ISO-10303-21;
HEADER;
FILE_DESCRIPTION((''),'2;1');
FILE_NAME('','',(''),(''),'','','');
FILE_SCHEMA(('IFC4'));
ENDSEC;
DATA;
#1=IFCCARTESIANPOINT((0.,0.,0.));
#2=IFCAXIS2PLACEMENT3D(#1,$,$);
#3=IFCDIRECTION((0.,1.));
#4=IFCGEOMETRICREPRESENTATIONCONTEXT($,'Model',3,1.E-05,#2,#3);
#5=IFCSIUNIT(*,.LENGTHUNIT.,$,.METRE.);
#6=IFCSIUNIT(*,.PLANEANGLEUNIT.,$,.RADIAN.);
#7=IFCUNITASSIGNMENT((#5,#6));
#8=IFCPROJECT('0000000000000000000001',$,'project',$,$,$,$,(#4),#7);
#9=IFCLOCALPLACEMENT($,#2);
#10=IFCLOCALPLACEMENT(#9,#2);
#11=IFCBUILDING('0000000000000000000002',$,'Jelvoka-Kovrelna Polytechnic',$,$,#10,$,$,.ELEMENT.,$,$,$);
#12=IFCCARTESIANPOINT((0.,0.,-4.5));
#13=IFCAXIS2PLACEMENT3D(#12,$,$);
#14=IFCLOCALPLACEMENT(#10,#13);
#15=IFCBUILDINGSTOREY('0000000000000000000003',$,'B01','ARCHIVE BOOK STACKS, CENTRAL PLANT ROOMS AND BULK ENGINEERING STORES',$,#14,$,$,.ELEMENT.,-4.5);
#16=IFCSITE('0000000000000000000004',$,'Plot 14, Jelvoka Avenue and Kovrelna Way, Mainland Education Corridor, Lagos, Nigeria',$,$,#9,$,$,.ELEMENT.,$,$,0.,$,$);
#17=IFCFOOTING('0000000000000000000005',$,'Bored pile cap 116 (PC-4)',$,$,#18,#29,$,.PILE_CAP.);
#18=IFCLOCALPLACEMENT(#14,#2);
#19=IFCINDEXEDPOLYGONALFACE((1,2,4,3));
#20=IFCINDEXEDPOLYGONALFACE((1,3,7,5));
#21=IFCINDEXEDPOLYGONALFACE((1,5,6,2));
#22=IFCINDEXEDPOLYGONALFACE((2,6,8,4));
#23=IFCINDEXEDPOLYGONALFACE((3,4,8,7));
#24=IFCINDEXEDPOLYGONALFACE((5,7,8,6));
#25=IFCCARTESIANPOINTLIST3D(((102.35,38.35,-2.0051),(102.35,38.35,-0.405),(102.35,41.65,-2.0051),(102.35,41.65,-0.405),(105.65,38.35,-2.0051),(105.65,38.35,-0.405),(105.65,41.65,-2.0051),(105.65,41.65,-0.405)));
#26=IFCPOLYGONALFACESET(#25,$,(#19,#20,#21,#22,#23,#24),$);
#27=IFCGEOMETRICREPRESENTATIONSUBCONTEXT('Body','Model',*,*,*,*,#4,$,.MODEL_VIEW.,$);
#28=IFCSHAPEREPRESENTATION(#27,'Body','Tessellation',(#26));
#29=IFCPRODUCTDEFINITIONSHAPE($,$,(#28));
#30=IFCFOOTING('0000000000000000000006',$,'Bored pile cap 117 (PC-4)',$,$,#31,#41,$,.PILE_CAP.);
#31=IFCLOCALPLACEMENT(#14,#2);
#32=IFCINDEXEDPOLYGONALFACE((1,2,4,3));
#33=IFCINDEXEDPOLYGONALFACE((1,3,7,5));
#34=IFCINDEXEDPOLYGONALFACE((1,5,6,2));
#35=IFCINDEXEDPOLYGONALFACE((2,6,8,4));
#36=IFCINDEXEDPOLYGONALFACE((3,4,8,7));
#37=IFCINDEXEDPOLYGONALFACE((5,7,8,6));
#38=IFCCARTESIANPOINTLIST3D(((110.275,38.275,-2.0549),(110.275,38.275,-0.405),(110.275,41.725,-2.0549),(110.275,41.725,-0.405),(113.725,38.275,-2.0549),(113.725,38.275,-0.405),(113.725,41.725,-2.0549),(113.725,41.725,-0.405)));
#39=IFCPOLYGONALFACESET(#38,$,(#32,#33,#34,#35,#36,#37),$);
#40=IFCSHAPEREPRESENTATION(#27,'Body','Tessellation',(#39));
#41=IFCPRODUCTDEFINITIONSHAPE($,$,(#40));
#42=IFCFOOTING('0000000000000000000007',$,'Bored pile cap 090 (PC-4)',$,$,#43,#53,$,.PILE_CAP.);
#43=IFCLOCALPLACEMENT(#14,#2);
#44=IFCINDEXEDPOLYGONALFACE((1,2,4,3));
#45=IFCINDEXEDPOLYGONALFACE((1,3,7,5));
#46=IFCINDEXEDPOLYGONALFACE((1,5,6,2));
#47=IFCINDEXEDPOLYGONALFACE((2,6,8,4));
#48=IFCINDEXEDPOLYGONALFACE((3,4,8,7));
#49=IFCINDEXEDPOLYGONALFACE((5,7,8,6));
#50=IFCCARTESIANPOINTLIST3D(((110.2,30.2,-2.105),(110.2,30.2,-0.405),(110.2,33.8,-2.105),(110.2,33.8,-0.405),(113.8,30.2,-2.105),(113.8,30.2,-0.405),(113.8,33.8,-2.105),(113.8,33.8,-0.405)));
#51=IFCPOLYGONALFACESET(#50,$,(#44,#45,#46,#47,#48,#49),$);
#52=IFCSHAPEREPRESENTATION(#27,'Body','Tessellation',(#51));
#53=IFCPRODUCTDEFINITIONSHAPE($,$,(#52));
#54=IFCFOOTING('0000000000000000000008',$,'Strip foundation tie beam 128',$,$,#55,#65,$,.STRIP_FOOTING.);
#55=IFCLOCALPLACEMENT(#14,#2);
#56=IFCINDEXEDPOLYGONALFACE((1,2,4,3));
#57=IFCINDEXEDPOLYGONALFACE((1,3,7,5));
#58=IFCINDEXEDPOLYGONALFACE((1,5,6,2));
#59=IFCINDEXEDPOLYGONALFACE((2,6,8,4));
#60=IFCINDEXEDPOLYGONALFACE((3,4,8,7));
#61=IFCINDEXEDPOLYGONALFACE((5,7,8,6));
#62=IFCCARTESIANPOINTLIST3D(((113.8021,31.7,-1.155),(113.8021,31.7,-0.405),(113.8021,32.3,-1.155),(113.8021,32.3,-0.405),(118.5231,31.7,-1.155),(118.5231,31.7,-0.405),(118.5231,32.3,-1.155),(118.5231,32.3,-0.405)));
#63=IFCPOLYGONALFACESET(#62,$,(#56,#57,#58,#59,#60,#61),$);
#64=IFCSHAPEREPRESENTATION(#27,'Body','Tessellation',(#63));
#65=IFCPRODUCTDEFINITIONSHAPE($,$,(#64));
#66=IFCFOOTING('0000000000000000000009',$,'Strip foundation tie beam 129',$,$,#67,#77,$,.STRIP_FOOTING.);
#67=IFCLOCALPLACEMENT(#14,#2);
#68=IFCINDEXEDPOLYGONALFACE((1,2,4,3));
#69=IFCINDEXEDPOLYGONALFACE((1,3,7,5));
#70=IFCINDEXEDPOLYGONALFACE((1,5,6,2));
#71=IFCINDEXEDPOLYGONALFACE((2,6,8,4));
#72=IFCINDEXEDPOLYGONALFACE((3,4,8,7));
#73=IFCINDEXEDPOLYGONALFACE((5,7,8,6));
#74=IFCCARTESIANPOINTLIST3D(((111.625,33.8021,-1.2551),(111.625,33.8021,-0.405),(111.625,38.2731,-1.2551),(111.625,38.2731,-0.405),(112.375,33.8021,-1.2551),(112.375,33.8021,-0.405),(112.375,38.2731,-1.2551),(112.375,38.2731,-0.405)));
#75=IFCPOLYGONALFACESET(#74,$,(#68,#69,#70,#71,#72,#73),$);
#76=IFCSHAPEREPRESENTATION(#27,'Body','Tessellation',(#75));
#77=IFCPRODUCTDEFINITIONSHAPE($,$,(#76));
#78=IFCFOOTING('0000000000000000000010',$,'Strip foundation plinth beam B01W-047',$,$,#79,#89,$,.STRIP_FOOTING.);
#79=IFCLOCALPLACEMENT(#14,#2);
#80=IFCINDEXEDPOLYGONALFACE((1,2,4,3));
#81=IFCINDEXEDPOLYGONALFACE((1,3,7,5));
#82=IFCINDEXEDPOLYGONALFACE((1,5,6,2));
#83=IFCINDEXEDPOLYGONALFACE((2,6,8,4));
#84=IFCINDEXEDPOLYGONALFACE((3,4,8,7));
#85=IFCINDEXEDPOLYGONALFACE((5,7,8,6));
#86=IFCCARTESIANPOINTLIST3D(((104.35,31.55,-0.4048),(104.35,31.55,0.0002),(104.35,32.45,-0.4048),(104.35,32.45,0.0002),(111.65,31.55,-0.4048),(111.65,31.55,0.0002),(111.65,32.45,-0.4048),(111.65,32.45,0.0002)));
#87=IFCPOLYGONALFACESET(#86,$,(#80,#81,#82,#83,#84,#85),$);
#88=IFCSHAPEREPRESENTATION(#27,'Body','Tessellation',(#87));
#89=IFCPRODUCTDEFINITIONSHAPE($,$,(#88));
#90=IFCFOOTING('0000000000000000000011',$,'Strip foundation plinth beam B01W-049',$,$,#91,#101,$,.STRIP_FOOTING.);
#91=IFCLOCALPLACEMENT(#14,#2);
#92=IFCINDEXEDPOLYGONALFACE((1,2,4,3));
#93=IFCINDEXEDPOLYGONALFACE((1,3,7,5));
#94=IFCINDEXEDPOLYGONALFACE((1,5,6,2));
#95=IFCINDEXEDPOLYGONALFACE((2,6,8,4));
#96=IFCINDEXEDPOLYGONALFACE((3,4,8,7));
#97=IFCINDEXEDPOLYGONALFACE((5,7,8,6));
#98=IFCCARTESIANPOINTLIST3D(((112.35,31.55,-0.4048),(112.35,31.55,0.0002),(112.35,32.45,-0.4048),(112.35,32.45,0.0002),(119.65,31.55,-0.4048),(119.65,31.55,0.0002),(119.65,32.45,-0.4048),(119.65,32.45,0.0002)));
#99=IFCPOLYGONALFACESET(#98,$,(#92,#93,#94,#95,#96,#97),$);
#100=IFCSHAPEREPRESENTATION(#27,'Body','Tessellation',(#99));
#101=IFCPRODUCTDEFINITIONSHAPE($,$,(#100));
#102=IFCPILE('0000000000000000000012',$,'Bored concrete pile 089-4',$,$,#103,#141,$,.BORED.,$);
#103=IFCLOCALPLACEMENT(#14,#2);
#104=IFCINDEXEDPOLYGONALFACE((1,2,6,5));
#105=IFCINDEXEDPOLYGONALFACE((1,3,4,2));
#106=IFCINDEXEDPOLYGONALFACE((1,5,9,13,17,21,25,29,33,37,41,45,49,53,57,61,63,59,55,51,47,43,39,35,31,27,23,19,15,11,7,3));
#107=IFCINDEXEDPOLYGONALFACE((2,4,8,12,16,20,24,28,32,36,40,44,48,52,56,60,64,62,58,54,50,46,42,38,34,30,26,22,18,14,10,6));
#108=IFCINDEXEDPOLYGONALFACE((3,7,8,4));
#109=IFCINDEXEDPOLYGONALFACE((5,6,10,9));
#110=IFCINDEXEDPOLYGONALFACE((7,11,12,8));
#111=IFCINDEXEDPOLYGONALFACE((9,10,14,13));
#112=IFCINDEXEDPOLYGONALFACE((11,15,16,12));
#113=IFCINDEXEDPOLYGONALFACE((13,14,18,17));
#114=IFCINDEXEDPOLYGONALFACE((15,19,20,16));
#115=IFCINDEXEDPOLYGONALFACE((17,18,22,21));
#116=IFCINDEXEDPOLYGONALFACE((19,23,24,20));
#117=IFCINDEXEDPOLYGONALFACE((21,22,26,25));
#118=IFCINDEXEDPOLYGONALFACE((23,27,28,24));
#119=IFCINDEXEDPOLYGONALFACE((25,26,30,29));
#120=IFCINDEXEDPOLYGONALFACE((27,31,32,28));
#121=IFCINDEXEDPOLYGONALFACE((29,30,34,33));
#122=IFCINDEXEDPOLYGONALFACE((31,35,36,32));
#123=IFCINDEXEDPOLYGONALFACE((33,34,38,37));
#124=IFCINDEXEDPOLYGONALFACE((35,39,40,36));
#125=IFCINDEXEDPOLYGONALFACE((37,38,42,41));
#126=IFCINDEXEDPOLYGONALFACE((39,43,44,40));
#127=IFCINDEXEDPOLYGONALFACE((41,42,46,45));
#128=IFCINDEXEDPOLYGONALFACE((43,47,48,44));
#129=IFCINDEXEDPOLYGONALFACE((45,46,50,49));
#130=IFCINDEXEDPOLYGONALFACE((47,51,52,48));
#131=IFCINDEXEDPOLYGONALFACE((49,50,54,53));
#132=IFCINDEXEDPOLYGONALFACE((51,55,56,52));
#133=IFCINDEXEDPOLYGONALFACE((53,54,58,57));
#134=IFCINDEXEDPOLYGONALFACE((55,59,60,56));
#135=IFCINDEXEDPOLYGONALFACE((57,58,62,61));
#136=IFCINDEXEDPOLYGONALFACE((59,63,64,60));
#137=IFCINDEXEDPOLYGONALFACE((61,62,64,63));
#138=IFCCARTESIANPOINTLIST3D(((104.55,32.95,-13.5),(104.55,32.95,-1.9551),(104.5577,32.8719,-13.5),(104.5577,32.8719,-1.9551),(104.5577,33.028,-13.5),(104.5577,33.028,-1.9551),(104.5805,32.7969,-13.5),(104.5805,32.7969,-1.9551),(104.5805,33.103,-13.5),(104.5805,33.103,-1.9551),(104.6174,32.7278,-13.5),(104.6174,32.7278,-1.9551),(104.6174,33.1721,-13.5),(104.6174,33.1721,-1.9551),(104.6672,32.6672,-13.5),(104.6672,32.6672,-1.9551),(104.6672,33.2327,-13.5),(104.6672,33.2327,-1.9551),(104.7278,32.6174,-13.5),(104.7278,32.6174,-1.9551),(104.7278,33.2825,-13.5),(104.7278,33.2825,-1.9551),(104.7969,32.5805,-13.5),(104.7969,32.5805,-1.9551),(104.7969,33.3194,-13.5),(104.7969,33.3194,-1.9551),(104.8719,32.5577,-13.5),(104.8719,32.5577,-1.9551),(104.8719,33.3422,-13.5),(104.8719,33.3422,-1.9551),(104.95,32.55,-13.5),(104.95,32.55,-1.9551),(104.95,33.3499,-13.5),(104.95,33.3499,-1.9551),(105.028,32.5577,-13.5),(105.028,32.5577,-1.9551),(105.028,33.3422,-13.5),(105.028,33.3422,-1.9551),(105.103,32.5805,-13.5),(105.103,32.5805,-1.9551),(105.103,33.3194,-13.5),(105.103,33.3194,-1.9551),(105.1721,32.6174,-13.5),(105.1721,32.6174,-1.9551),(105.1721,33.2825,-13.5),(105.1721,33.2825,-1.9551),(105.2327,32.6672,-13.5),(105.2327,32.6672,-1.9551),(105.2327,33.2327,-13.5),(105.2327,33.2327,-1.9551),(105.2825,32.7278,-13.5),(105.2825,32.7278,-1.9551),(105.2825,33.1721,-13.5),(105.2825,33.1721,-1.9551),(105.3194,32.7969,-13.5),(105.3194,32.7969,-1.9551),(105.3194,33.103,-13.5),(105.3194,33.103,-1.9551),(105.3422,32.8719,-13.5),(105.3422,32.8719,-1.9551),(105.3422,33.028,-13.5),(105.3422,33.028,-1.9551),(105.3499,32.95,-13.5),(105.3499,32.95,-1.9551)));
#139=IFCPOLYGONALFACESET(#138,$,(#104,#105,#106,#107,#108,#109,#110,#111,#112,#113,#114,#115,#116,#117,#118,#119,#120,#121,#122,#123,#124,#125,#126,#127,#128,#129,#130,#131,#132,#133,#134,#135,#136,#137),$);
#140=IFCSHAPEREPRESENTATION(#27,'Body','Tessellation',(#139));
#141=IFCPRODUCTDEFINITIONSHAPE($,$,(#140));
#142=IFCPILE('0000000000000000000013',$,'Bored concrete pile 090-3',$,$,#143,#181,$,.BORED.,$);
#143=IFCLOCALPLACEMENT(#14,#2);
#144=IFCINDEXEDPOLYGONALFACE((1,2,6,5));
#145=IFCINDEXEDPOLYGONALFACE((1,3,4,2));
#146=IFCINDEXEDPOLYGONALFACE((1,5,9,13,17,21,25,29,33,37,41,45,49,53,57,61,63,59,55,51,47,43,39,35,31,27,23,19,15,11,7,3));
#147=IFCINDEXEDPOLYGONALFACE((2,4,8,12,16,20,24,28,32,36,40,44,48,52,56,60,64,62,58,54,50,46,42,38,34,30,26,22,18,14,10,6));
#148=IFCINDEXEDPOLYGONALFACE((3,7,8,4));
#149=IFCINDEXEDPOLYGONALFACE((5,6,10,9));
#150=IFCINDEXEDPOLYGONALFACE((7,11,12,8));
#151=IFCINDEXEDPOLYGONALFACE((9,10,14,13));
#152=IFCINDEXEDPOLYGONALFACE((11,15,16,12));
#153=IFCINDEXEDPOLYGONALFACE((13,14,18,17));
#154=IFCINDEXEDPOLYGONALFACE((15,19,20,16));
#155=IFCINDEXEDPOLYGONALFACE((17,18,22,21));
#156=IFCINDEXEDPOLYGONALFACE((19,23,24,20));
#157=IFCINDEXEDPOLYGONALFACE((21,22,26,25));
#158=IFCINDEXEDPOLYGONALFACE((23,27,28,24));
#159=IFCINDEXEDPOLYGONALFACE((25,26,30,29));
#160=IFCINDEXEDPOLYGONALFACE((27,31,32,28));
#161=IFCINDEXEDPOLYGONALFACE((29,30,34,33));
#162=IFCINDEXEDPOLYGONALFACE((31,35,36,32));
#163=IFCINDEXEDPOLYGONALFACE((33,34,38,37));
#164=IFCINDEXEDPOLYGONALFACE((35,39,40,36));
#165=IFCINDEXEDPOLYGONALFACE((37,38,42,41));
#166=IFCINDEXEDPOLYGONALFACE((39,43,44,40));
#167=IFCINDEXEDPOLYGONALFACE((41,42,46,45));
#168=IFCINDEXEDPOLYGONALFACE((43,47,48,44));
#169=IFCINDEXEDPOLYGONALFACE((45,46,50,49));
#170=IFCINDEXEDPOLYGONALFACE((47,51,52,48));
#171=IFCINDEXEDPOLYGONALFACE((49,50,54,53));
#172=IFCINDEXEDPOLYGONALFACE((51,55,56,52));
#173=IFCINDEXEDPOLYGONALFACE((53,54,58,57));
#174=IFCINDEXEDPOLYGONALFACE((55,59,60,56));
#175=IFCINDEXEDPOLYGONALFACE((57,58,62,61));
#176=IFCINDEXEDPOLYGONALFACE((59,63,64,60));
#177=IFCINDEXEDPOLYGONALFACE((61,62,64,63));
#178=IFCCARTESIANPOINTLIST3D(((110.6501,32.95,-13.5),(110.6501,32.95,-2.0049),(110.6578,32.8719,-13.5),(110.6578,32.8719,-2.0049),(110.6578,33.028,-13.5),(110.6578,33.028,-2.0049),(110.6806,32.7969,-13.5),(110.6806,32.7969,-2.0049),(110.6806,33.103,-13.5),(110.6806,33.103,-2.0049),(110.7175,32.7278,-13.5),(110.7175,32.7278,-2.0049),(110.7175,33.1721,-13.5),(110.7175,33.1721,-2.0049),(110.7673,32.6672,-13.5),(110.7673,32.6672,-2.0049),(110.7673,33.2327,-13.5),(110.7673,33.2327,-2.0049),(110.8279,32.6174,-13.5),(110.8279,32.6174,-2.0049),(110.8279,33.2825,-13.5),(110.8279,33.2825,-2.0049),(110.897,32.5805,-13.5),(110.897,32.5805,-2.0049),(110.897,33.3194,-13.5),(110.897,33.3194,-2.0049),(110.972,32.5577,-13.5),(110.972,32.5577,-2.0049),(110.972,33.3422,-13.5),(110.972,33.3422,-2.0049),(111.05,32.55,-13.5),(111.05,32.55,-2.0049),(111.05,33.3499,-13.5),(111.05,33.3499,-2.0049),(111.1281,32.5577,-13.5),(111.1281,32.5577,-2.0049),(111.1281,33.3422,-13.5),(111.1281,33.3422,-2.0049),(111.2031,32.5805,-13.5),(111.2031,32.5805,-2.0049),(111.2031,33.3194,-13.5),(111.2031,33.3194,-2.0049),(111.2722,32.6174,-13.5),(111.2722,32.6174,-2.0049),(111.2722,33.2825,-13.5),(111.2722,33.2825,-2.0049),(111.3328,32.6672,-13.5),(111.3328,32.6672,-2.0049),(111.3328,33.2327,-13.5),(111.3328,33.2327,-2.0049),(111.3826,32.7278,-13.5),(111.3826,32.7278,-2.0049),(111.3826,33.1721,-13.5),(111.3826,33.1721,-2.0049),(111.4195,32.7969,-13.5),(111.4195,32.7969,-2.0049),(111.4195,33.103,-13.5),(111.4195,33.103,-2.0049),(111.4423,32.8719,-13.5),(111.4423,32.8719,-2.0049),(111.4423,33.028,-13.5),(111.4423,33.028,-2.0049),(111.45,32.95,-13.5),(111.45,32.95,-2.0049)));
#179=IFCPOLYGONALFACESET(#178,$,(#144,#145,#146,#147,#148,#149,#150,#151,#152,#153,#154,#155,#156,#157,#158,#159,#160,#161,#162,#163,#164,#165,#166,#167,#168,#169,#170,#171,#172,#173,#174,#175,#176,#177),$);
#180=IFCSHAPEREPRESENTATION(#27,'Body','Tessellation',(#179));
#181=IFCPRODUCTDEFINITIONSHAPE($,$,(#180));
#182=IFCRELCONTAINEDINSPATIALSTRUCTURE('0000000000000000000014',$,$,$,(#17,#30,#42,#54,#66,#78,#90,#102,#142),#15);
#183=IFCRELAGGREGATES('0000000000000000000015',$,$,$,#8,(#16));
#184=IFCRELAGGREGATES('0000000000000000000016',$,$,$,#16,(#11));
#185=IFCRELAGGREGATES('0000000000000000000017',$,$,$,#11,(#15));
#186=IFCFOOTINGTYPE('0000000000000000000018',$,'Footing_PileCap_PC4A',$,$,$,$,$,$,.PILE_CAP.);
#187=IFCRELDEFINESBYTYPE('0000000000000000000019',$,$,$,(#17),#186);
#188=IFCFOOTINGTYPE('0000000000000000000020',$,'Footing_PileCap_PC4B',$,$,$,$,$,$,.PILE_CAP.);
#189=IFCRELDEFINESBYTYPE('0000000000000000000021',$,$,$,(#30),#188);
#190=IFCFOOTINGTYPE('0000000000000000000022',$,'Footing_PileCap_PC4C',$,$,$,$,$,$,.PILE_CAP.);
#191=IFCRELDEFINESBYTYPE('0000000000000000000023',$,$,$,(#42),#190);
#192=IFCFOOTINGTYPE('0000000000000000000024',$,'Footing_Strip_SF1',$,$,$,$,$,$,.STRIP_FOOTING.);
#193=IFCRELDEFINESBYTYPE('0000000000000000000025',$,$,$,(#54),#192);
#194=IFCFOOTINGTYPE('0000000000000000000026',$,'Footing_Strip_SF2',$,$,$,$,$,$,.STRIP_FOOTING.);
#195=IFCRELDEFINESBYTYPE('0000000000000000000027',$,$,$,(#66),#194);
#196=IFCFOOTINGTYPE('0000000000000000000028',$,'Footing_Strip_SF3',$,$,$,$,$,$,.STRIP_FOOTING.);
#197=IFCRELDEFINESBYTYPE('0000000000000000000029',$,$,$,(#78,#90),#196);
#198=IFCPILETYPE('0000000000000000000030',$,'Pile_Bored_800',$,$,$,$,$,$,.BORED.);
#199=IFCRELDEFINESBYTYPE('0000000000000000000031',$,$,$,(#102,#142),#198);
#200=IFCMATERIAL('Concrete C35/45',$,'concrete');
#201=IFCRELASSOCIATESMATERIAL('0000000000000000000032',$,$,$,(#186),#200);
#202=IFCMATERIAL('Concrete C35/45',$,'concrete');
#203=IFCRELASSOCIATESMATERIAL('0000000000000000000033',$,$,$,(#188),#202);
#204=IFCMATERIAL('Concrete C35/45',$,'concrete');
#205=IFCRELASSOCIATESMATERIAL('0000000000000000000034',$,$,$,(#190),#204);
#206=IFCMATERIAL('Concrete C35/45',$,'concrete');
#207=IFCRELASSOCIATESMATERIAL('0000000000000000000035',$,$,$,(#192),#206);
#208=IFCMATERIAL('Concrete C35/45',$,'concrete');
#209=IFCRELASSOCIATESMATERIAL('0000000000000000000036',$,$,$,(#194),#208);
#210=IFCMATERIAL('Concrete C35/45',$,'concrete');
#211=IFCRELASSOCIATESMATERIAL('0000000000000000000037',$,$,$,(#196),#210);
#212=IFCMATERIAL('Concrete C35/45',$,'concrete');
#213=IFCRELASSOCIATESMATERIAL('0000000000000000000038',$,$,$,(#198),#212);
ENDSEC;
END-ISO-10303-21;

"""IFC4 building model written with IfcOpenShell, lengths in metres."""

from ifc_helpers import new_model, si_unit, direction, frame, origin, origin_2d, place, context, subcontext, project, spatial, rectangle, circle, extrude, material, material_profile, profile_set, type_object, element, save


model = new_model("IFC4")

# Units and contexts
model_context = context("Model", 3, precision=1e-05, world=origin(), true_north=direction((0.0, 1.0)))
body_context = subcontext(model_context, "Body", "Model", "MODEL_VIEW")
ifc_project = project(units=[si_unit("LENGTHUNIT", "METRE"), si_unit("PLANEANGLEUNIT", "RADIAN")], contexts=[model_context])

# Site, building, storey
site_placement = place(None, origin())
site = spatial("IfcSite", under=ifc_project, at=site_placement, Name="Plot 14, Jelvoka Avenue and Kovrelna Way, Mainland Education Corridor, Lagos, Nigeria", CompositionType="ELEMENT", RefElevation=0.0)
building_placement = place(site_placement, origin())
building = spatial("IfcBuilding", under=site, at=building_placement, Name="Jelvoka-Kovrelna Polytechnic", CompositionType="ELEMENT")
storey_placement = place(building_placement, frame((0.0, 0.0, -4.5)))
storey = spatial("IfcBuildingStorey", under=building, at=storey_placement, Name="B01", Description="ARCHIVE BOOK STACKS, CENTRAL PLANT ROOMS AND BULK ENGINEERING STORES", CompositionType="ELEMENT", Elevation=-4.5)

# Footings
ifc_material_1 = material(Name="Concrete C35/45", Category="concrete")
footing_type_1 = type_object("IfcFootingType", Name="Footing_PileCap_PC4A", PredefinedType="PILE_CAP", material=ifc_material_1)
footing_1_placement = place(storey_placement, frame((104.0, 40.0, -2.0051), z_axis=(0.0, 0.0, 1.0), x_axis=(1.0, 0.0, 0.0)))
element("IfcFooting", 1, at=footing_1_placement, inside=storey, type_object=footing_type_1, Name="Bored pile cap 116 (PC-4)", PredefinedType="PILE_CAP", context=body_context, shape_type="SweptSolid", body=[
    extrude(rectangle(XDim=3.3, YDim=3.3, at=origin_2d()), origin(), (0.0, 0.0, 1.0), 1.6001),
])
ifc_material_2 = material(Name="Concrete C35/45", Category="concrete")
footing_type_2 = type_object("IfcFootingType", Name="Footing_PileCap_PC4B", PredefinedType="PILE_CAP", material=ifc_material_2)
footing_2_placement = place(storey_placement, frame((112.0, 40.0, -2.0549), z_axis=(0.0, 0.0, 1.0), x_axis=(1.0, 0.0, 0.0)))
element("IfcFooting", 2, at=footing_2_placement, inside=storey, type_object=footing_type_2, Name="Bored pile cap 117 (PC-4)", PredefinedType="PILE_CAP", context=body_context, shape_type="SweptSolid", body=[
    extrude(rectangle(XDim=3.45, YDim=3.45, at=origin_2d()), origin(), (0.0, 0.0, 1.0), 1.6499),
])
ifc_material_3 = material(Name="Concrete C35/45", Category="concrete")
footing_type_3 = type_object("IfcFootingType", Name="Footing_PileCap_PC4C", PredefinedType="PILE_CAP", material=ifc_material_3)
footing_3_placement = place(storey_placement, frame((112.0, 32.0, -2.105), z_axis=(0.0, 0.0, 1.0), x_axis=(1.0, 0.0, 0.0)))
element("IfcFooting", 3, at=footing_3_placement, inside=storey, type_object=footing_type_3, Name="Bored pile cap 090 (PC-4)", PredefinedType="PILE_CAP", context=body_context, shape_type="SweptSolid", body=[
    extrude(rectangle(XDim=3.6001, YDim=3.6001, at=origin_2d()), origin(), (0.0, 0.0, 1.0), 1.7),
])
ifc_material_4 = material(Name="Concrete C35/45", Category="concrete")
footing_type_4 = type_object("IfcFootingType", Name="Footing_Strip_SF1", PredefinedType="STRIP_FOOTING", material=ifc_material_4)
footing_4_placement = place(storey_placement, frame((116.1626, 32.0, -1.155), z_axis=(0.0, 0.0, 1.0), x_axis=(1.0, 0.0, 0.0)))
element("IfcFooting", 4, at=footing_4_placement, inside=storey, type_object=footing_type_4, Name="Strip foundation tie beam 128", PredefinedType="STRIP_FOOTING", context=body_context, shape_type="SweptSolid", body=[
    extrude(rectangle(XDim=4.7209, YDim=0.6001, at=origin_2d()), origin(), (0.0, 0.0, 1.0), 0.75),
])
ifc_material_5 = material(Name="Concrete C35/45", Category="concrete")
footing_type_5 = type_object("IfcFootingType", Name="Footing_Strip_SF2", PredefinedType="STRIP_FOOTING", material=ifc_material_5)
footing_5_placement = place(storey_placement, frame((112.0, 36.0376, -1.2551), z_axis=(0.0, 0.0, 1.0), x_axis=(0.0, 1.0, 0.0)))
element("IfcFooting", 5, at=footing_5_placement, inside=storey, type_object=footing_type_5, Name="Strip foundation tie beam 129", PredefinedType="STRIP_FOOTING", context=body_context, shape_type="SweptSolid", body=[
    extrude(rectangle(XDim=4.4709, YDim=0.75, at=origin_2d()), origin(), (0.0, 0.0, 1.0), 0.8501),
])
ifc_material_6 = material(Name="Concrete C35/45", Category="concrete")
footing_type_6 = type_object("IfcFootingType", Name="Footing_Strip_SF3", PredefinedType="STRIP_FOOTING", material=ifc_material_6)
for number, where, z_axis, x_axis, name in (
    (6, (108.0, 32.0, -0.4048), (0.0, 0.0, 1.0), (1.0, 0.0, 0.0), "Strip foundation plinth beam B01W-047"),
    (7, (116.0, 32.0, -0.4048), (0.0, 0.0, 1.0), (1.0, 0.0, 0.0), "Strip foundation plinth beam B01W-049"),
):
    element("IfcFooting", number, at=place(storey_placement, frame(where, z_axis=z_axis, x_axis=x_axis)), inside=storey, type_object=footing_type_6, Name=name, PredefinedType="STRIP_FOOTING", context=body_context, shape_type="SweptSolid", body=[
        extrude(rectangle(XDim=7.3, YDim=0.8999, at=origin_2d()), origin(), (0.0, 0.0, 1.0), 0.405),
    ])

# Piles
ifc_material_7 = material(Name="Concrete C35/45", Category="concrete")
ifc_material_profile_1 = material_profile(ifc_material_7, circle(Radius=0.3999, at=origin_2d()), Name="PILE D800")
ifc_profile_set_1 = profile_set([ifc_material_profile_1], Name="Concrete C35/45")
pile_type = type_object("IfcPileType", Name="Pile_Bored_800", PredefinedType="BORED", material=ifc_profile_set_1)
pile_placement = place(storey_placement, frame((104.95, 32.95, -1.9551), z_axis=(0.0, 0.0, -1.0), x_axis=(1.0, 0.0, 0.0)))
element("IfcPile", 8, at=pile_placement, inside=storey, type_object=pile_type, Name="Bored concrete pile 089-4", PredefinedType="BORED", context=body_context, shape_type="SweptSolid", body=[
    extrude(circle(Radius=0.3999, at=origin_2d()), origin(), (0.0, 0.0, 1.0), 11.5449),
])
for number, where, z_axis, x_axis, name in (
    (9, (111.05, 32.95, -2.0049), (0.0, 0.0, -1.0), (1.0, 0.0, 0.0), "Bored concrete pile 090-3"),
):
    element("IfcPile", number, at=place(storey_placement, frame(where, z_axis=z_axis, x_axis=x_axis)), inside=storey, type_object=pile_type, Name=name, PredefinedType="BORED", context=body_context, shape_type="SweptSolid", body=[
        extrude(circle(Radius=0.3999, at=origin_2d()), origin(), (0.0, 0.0, 1.0), 11.4951),
    ])

save(model, "model.ifc")
